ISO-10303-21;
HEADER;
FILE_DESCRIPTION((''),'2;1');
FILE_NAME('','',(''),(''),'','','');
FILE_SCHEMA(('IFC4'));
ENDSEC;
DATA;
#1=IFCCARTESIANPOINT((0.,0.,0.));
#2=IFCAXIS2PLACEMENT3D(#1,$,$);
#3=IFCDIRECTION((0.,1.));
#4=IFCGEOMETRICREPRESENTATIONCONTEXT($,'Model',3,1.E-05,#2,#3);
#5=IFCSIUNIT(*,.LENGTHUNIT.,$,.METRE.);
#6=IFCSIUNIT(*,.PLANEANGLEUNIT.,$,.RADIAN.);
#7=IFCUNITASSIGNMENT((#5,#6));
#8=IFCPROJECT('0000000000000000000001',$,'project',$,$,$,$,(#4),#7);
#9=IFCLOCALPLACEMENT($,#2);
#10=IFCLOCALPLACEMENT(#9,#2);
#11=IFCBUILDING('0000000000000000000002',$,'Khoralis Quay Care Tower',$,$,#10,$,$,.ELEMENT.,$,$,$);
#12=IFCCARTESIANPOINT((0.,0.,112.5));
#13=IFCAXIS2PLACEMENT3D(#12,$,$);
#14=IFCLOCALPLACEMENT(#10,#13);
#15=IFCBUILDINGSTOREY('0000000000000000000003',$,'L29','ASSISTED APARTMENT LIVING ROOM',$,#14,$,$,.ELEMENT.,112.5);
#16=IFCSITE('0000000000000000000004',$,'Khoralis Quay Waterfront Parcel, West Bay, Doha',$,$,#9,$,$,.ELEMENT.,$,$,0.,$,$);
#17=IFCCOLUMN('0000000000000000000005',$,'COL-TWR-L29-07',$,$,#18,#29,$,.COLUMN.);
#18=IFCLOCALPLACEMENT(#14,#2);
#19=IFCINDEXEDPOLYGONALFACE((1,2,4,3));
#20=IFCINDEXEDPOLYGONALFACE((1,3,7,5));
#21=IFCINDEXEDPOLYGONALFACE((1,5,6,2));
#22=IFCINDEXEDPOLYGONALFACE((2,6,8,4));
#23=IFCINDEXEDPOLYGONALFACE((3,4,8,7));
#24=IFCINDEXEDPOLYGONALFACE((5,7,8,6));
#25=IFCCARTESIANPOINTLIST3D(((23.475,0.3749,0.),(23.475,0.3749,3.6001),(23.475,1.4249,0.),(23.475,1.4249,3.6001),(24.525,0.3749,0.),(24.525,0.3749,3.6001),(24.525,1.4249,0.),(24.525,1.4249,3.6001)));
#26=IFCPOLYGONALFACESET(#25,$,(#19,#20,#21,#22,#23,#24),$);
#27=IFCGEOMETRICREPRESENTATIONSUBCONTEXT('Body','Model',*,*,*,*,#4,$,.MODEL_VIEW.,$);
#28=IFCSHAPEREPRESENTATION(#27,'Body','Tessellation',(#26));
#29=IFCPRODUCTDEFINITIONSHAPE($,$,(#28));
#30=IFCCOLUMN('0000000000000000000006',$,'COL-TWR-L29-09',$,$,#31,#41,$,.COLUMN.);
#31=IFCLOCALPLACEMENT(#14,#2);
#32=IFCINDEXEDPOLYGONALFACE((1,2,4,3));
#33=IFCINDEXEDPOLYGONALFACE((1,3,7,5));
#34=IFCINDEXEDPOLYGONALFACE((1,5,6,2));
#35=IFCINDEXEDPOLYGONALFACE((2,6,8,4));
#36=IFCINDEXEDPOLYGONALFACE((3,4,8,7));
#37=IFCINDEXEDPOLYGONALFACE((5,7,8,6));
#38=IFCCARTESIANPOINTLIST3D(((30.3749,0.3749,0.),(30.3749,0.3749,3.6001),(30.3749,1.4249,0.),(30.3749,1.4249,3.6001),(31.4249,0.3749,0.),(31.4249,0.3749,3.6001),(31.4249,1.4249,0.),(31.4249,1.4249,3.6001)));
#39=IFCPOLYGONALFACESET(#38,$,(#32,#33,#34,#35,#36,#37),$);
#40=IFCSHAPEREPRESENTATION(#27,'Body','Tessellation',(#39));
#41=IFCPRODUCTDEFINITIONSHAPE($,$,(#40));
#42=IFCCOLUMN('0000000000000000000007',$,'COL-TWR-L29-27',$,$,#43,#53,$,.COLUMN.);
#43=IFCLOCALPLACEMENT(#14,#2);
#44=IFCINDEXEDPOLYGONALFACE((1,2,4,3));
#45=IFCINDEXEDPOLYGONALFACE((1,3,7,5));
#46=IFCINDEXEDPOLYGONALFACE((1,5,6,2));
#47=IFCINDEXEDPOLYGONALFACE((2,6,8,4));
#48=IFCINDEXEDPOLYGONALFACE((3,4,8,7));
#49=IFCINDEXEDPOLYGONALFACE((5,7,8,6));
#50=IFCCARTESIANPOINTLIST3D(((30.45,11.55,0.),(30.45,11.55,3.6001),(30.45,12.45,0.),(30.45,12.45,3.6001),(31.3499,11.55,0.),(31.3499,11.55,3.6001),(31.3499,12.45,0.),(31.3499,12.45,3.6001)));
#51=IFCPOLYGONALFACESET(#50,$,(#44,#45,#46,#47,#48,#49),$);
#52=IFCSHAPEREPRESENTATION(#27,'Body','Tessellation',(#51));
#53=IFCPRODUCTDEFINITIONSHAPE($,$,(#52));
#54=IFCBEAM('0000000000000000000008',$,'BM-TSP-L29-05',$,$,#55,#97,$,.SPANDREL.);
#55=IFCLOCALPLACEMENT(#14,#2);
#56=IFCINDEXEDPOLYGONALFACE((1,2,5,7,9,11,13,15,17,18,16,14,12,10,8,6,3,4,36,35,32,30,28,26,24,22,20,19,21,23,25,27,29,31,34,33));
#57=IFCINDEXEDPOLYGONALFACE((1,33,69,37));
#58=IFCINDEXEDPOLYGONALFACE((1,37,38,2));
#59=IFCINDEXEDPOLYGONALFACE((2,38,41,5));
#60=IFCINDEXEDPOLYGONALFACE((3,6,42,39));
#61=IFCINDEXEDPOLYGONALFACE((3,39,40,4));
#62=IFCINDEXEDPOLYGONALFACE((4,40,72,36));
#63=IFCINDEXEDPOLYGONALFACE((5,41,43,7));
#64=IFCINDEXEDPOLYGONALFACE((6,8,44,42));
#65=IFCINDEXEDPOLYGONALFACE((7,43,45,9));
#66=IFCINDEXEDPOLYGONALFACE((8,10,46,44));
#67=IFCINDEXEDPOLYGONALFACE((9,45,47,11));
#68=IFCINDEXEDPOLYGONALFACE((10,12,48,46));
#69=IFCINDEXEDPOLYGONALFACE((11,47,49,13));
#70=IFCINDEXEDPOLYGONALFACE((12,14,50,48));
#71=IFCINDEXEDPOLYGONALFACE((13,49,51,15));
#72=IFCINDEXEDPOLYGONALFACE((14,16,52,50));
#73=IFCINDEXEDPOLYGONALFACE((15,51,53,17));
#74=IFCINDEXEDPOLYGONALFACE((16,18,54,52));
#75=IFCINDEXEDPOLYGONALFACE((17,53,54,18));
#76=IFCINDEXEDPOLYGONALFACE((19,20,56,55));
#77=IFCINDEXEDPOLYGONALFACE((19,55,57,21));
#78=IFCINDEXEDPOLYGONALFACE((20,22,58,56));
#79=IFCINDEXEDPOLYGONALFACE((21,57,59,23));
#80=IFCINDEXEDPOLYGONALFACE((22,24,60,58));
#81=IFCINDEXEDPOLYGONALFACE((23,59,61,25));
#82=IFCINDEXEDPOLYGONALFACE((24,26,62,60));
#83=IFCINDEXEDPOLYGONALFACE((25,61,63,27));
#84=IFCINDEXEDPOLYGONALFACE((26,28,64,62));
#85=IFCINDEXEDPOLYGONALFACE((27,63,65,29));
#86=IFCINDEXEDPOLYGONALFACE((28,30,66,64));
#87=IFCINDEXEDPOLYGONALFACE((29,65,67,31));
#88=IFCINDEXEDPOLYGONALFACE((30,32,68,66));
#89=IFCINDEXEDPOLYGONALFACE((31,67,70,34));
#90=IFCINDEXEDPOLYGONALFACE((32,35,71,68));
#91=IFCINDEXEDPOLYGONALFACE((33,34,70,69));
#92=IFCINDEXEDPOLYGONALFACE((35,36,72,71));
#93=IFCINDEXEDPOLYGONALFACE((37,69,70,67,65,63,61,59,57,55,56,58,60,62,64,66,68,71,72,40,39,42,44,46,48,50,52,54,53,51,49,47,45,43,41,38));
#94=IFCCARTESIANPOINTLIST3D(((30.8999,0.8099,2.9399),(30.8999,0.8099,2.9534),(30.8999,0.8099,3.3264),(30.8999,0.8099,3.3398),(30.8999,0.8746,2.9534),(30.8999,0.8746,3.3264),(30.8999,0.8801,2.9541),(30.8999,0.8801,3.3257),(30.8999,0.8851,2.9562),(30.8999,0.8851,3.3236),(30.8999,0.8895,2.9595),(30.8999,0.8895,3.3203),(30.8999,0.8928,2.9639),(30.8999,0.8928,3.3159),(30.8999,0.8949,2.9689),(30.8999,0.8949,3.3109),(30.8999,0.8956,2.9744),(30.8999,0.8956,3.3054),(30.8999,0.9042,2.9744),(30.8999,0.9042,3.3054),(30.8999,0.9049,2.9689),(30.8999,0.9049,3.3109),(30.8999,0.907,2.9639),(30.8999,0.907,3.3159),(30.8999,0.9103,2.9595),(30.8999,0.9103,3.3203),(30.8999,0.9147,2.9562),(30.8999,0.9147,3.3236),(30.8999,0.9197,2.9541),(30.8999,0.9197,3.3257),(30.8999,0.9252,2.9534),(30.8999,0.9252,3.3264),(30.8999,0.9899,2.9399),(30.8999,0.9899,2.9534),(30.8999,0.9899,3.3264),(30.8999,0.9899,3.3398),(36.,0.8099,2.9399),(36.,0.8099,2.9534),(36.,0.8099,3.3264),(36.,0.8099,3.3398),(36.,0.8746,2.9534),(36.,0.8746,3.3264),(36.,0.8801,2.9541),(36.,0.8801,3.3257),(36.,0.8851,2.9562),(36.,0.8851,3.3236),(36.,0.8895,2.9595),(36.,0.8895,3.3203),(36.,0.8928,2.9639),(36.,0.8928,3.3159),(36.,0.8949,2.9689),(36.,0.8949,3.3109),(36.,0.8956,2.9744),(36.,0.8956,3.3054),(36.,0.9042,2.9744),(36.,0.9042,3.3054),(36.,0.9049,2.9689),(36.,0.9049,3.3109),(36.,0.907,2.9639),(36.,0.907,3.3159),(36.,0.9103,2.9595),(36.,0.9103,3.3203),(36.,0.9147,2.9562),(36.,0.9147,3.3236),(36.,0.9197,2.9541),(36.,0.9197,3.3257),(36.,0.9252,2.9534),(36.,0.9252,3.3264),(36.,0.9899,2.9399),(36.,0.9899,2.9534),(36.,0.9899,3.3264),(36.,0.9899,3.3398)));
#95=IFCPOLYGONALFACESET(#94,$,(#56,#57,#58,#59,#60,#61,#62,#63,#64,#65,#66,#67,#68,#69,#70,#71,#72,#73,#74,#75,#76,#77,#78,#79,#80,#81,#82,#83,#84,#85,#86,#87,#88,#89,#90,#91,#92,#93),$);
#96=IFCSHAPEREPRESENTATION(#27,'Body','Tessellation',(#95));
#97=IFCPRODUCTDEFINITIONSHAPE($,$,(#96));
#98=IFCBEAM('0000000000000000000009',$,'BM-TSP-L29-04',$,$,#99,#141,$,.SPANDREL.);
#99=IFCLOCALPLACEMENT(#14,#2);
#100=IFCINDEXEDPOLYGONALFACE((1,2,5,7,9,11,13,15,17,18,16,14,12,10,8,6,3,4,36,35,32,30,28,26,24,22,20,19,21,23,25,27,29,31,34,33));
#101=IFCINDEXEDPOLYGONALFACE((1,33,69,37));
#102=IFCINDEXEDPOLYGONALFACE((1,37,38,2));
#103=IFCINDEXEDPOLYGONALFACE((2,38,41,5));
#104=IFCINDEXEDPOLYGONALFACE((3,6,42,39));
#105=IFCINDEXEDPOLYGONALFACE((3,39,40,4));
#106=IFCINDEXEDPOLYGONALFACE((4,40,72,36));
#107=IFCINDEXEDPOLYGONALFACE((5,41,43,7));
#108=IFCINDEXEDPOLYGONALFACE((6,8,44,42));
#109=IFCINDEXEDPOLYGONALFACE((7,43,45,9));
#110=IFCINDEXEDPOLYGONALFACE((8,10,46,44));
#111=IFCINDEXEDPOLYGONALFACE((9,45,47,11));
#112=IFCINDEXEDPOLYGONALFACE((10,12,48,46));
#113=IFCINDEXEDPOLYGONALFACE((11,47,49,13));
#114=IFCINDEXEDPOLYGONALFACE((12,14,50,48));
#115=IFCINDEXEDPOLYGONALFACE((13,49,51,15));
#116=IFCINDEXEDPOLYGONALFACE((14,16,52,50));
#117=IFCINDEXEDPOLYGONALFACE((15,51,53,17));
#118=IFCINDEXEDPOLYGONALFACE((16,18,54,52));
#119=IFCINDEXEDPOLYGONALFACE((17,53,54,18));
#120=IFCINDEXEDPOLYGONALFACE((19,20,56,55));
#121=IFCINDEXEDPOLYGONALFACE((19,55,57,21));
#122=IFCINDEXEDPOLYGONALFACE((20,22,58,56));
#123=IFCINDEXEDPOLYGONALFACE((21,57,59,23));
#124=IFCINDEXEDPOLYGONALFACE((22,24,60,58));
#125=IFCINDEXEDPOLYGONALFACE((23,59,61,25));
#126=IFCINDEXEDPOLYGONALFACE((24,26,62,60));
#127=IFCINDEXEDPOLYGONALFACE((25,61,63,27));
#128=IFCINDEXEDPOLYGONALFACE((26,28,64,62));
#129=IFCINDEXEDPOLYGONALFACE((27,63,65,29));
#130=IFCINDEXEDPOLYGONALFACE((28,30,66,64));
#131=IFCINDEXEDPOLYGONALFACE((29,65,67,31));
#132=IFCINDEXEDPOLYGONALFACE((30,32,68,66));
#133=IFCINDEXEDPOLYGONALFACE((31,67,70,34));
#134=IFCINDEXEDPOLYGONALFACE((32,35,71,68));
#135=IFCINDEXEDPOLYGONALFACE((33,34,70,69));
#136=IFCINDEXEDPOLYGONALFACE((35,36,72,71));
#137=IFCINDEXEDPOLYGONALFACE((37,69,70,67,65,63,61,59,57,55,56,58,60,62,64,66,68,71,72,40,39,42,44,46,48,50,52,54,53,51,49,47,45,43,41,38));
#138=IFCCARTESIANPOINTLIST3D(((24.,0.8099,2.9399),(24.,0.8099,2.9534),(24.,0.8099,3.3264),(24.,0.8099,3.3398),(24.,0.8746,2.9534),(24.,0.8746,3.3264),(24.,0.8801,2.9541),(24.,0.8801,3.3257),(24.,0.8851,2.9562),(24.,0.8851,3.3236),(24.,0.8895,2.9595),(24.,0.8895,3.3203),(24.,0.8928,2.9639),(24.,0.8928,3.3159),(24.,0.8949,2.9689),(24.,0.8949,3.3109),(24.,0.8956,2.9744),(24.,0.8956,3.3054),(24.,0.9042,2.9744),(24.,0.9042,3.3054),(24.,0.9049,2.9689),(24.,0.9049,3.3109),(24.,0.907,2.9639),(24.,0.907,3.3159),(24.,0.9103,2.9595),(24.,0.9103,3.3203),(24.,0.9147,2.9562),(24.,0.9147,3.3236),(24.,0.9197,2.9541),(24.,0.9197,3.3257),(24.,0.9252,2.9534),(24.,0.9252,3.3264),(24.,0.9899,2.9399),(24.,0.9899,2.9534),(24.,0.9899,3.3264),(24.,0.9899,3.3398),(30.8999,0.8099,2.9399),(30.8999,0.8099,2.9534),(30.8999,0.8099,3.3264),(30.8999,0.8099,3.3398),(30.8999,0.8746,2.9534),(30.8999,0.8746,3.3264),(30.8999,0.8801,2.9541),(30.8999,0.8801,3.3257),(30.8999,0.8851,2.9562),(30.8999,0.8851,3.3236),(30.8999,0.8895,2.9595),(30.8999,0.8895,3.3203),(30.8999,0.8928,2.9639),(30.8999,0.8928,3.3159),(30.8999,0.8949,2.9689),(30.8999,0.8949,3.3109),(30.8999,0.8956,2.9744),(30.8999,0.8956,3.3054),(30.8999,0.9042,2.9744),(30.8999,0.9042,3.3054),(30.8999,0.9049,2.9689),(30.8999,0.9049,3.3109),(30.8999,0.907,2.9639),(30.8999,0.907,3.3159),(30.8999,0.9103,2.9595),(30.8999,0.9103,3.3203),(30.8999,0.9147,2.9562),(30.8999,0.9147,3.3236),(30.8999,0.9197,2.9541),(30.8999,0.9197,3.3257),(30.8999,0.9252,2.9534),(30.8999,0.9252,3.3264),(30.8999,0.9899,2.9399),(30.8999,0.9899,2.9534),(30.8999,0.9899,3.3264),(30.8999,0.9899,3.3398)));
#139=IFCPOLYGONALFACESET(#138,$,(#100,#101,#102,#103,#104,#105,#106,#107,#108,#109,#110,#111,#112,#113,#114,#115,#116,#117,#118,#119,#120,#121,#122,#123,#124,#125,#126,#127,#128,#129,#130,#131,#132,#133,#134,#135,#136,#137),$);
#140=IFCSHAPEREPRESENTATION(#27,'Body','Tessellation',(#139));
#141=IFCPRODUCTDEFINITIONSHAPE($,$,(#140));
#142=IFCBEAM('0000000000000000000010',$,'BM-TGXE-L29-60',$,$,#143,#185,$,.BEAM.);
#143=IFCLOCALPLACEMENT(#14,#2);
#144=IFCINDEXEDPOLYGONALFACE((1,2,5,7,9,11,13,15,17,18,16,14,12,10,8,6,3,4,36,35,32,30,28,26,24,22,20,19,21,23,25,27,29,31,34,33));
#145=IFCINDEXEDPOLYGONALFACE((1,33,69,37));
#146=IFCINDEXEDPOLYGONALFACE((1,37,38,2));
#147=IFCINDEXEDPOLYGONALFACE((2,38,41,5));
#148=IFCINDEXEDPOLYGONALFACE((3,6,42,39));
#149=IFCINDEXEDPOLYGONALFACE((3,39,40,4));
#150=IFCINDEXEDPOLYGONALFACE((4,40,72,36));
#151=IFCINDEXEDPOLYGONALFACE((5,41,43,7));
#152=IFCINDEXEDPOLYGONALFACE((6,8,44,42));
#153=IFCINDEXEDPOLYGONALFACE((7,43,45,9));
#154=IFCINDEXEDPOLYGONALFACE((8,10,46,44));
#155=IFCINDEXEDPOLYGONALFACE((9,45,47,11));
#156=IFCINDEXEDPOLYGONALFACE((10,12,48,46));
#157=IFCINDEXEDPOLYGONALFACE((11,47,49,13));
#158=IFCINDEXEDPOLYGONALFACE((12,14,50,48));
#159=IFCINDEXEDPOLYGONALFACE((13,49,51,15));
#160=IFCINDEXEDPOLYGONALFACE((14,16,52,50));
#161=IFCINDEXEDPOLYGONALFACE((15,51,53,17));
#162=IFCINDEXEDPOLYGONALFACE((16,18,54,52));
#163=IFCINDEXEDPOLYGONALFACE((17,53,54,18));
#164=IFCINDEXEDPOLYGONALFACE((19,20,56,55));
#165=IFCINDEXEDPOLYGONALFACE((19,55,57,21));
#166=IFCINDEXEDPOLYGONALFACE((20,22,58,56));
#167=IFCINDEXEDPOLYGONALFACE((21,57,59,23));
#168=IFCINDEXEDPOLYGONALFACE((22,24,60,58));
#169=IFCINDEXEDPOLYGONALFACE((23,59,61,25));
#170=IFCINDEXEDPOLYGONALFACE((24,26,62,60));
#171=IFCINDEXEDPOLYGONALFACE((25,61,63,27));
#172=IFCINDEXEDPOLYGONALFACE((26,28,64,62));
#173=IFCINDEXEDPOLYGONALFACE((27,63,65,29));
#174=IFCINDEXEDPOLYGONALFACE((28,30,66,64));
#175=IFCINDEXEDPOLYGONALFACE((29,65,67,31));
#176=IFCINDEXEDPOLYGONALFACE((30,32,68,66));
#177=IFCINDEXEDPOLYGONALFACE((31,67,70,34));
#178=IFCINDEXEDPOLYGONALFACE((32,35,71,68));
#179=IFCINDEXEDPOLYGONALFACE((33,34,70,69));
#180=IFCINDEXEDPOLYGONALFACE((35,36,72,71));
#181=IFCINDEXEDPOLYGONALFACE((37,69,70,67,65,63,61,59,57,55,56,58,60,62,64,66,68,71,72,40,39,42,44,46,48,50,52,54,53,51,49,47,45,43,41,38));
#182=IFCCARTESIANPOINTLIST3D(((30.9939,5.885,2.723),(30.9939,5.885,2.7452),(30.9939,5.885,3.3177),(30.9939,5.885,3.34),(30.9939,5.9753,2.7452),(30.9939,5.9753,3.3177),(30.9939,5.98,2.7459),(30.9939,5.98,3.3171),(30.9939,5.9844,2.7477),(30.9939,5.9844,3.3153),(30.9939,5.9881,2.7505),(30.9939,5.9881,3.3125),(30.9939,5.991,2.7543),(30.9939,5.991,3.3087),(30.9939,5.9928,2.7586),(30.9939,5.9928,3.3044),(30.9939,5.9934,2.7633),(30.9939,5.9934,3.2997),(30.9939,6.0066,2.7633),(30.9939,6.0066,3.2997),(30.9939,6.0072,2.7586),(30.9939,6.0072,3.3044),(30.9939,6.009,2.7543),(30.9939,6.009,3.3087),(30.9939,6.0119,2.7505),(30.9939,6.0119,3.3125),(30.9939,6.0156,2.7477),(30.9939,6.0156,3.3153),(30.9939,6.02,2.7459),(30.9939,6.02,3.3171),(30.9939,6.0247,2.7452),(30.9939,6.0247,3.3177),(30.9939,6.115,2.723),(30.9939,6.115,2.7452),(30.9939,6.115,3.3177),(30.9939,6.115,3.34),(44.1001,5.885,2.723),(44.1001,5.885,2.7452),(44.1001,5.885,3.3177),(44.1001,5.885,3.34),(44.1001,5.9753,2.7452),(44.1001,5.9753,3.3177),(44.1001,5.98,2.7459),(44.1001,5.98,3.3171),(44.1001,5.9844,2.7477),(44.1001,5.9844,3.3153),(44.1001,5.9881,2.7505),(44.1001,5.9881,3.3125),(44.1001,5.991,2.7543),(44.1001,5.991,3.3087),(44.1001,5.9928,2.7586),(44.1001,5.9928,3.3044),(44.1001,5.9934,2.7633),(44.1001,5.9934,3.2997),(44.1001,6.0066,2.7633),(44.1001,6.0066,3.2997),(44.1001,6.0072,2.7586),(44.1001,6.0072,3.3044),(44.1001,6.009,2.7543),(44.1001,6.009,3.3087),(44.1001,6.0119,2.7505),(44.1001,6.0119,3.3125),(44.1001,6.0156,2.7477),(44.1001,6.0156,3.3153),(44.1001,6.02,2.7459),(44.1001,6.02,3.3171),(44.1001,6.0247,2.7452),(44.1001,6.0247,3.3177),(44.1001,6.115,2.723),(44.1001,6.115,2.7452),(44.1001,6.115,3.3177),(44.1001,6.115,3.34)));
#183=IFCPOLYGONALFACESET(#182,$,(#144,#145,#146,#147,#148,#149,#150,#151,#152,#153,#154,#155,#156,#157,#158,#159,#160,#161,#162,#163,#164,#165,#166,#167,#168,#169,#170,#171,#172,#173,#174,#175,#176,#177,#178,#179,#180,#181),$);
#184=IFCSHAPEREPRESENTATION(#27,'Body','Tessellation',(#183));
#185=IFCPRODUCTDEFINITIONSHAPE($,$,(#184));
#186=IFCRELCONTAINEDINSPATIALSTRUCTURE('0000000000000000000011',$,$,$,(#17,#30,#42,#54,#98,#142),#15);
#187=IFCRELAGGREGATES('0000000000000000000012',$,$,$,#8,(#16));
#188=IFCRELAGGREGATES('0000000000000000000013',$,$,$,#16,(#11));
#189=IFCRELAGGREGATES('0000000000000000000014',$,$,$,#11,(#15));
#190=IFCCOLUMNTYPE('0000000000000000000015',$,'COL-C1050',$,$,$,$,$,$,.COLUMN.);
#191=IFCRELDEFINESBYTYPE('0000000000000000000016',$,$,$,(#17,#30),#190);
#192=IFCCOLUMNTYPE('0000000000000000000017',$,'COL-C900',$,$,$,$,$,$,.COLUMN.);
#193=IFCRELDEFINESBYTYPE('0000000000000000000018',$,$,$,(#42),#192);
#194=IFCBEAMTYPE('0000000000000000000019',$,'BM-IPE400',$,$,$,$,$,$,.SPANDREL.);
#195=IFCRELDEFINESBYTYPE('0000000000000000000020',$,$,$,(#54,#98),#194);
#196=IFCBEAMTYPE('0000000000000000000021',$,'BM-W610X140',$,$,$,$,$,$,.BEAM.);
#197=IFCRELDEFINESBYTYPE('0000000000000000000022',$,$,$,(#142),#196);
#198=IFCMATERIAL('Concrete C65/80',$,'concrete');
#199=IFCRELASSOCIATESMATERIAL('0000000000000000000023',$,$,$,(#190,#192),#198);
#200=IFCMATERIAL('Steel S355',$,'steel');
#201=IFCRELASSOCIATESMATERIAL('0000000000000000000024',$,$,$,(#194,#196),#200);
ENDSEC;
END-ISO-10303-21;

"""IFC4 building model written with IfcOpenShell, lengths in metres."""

from ifc_helpers import new_model, si_unit, direction, frame, origin, origin_2d, place, context, subcontext, project, spatial, rectangle, i_section, extrude, source, transform, mapped, material, material_profile, profile_set, type_object, element, save


model = new_model("IFC4")

# Units and contexts
model_context = context("Model", 3, precision=1e-05, world=origin(), true_north=direction((0.0, 1.0)))
body_context = subcontext(model_context, "Body", "Model", "MODEL_VIEW")
ifc_project = project(units=[si_unit("LENGTHUNIT", "METRE"), si_unit("PLANEANGLEUNIT", "RADIAN")], contexts=[model_context])

# Site, building, storey
site_placement = place(None, origin())
site = spatial("IfcSite", under=ifc_project, at=site_placement, Name="Khoralis Quay Waterfront Parcel, West Bay, Doha", CompositionType="ELEMENT", RefElevation=0.0)
building_placement = place(site_placement, origin())
building = spatial("IfcBuilding", under=site, at=building_placement, Name="Khoralis Quay Care Tower", CompositionType="ELEMENT")
storey_placement = place(building_placement, frame((0.0, 0.0, 112.5)))
storey = spatial("IfcBuildingStorey", under=building, at=storey_placement, Name="L29", Description="ASSISTED APARTMENT LIVING ROOM", CompositionType="ELEMENT", Elevation=112.5)

# Columns
ifc_material_1 = material(Name="Concrete C65/80", Category="concrete")
ifc_material_profile_1 = material_profile(ifc_material_1, rectangle(XDim=1.05, YDim=1.05, at=origin_2d()), Name="Concrete C65/80")
ifc_profile_set_1 = profile_set([ifc_material_profile_1], Name="Concrete C65/80")
column_type_1 = type_object("IfcColumnType", Name="COL-C1050", PredefinedType="COLUMN", material=ifc_profile_set_1)
shared_shape_1 = source(origin(), body_context, "Body", "SweptSolid", [
    extrude(rectangle(XDim=1.05, YDim=1.05, at=origin_2d()), origin(), (0.0, 0.0, 1.0), 3.6001),
])
for number, where, z_axis, x_axis, name in (
    (1, (24.0, 0.8999, 0.0), (0.0, 0.0, 1.0), (1.0, 0.0, 0.0), "COL-TWR-L29-07"),
    (2, (30.8999, 0.8999, 0.0), (0.0, 0.0, 1.0), (1.0, 0.0, 0.0), "COL-TWR-L29-09"),
):
    element("IfcColumn", number, at=place(storey_placement, frame(where, z_axis=z_axis, x_axis=x_axis)), inside=storey, type_object=column_type_1, Name=name, PredefinedType="COLUMN", context=body_context, shape_type="MappedRepresentation", body=[
        mapped(shared_shape_1, transform((0.0, 0.0, 0.0), scale=1.0)),
    ])
ifc_material_profile_2 = material_profile(ifc_material_1, rectangle(XDim=0.8999, YDim=0.8999, at=origin_2d()), Name="Concrete C65/80")
ifc_profile_set_2 = profile_set([ifc_material_profile_2], Name="Concrete C65/80")
column_type_2 = type_object("IfcColumnType", Name="COL-C900", PredefinedType="COLUMN", material=ifc_profile_set_2)
shared_shape_2 = source(origin(), body_context, "Body", "SweptSolid", [
    extrude(rectangle(XDim=0.8999, YDim=0.8999, at=origin_2d()), origin(), (0.0, 0.0, 1.0), 3.6001),
])
column_placement = place(storey_placement, frame((30.8999, 12.0, 0.0), z_axis=(0.0, 0.0, 1.0), x_axis=(1.0, 0.0, 0.0)))
element("IfcColumn", 3, at=column_placement, inside=storey, type_object=column_type_2, Name="COL-TWR-L29-27", PredefinedType="COLUMN", context=body_context, shape_type="MappedRepresentation", body=[
    mapped(shared_shape_2, transform((0.0, 0.0, 0.0), scale=1.0)),
])

# Beams
ifc_material_2 = material(Name="Steel S355", Category="steel")
ifc_material_profile_3 = material_profile(ifc_material_2, i_section(OverallWidth=0.1799, OverallDepth=0.3999, WebThickness=0.0085, FlangeThickness=0.0134, FilletRadius=0.021, at=origin_2d()), Name="Steel S355")
ifc_profile_set_3 = profile_set([ifc_material_profile_3], Name="Steel S355")
beam_type_1 = type_object("IfcBeamType", Name="BM-IPE400", PredefinedType="SPANDREL", material=ifc_profile_set_3)
shared_shape_3 = source(origin(), body_context, "Body", "SweptSolid", [
    extrude(i_section(OverallWidth=0.1799, OverallDepth=0.3999, WebThickness=0.0085, FlangeThickness=0.0134, FilletRadius=0.021, at=origin_2d()), origin(), (0.0, 0.0, 1.0), 5.1001),
])
beam_1_placement = place(storey_placement, frame((30.8999, 0.8999, 3.1399), z_axis=(1.0, 0.0, 0.0), x_axis=(0.0, 1.0, 0.0)))
element("IfcBeam", 4, at=beam_1_placement, inside=storey, type_object=beam_type_1, Name="BM-TSP-L29-05", PredefinedType="SPANDREL", context=body_context, shape_type="MappedRepresentation", body=[
    mapped(shared_shape_3, transform((0.0, 0.0, 0.0), scale=1.0)),
])
shared_shape_4 = source(origin(), body_context, "Body", "SweptSolid", [
    extrude(i_section(OverallWidth=0.1799, OverallDepth=0.3999, WebThickness=0.0085, FlangeThickness=0.0134, FilletRadius=0.021, at=origin_2d()), origin(), (0.0, 0.0, 1.0), 6.8999),
])
beam_2_placement = place(storey_placement, frame((24.0, 0.8999, 3.1399), z_axis=(1.0, 0.0, 0.0), x_axis=(0.0, 1.0, 0.0)))
element("IfcBeam", 5, at=beam_2_placement, inside=storey, type_object=beam_type_1, Name="BM-TSP-L29-04", PredefinedType="SPANDREL", context=body_context, shape_type="MappedRepresentation", body=[
    mapped(shared_shape_4, transform((0.0, 0.0, 0.0), scale=1.0)),
])
ifc_material_profile_4 = material_profile(ifc_material_2, i_section(OverallWidth=0.23, OverallDepth=0.6169, WebThickness=0.0132, FlangeThickness=0.0222, FilletRadius=0.0181, at=origin_2d()), Name="Steel S355")
ifc_profile_set_4 = profile_set([ifc_material_profile_4], Name="Steel S355")
beam_type_2 = type_object("IfcBeamType", Name="BM-W610X140", PredefinedType="BEAM", material=ifc_profile_set_4)
shared_shape_5 = source(origin(), body_context, "Body", "SweptSolid", [
    extrude(i_section(OverallWidth=0.23, OverallDepth=0.6169, WebThickness=0.0132, FlangeThickness=0.0222, FilletRadius=0.0181, at=origin_2d()), origin(), (0.0, 0.0, 1.0), 13.1062),
])
beam_3_placement = place(storey_placement, frame((30.9939, 6.0, 3.0315), z_axis=(1.0, 0.0, 0.0), x_axis=(0.0, 1.0, 0.0)))
element("IfcBeam", 6, at=beam_3_placement, inside=storey, type_object=beam_type_2, Name="BM-TGXE-L29-60", PredefinedType="BEAM", context=body_context, shape_type="MappedRepresentation", body=[
    mapped(shared_shape_5, transform((0.0, 0.0, 0.0), scale=1.0)),
])

save(model, "model.ifc")
